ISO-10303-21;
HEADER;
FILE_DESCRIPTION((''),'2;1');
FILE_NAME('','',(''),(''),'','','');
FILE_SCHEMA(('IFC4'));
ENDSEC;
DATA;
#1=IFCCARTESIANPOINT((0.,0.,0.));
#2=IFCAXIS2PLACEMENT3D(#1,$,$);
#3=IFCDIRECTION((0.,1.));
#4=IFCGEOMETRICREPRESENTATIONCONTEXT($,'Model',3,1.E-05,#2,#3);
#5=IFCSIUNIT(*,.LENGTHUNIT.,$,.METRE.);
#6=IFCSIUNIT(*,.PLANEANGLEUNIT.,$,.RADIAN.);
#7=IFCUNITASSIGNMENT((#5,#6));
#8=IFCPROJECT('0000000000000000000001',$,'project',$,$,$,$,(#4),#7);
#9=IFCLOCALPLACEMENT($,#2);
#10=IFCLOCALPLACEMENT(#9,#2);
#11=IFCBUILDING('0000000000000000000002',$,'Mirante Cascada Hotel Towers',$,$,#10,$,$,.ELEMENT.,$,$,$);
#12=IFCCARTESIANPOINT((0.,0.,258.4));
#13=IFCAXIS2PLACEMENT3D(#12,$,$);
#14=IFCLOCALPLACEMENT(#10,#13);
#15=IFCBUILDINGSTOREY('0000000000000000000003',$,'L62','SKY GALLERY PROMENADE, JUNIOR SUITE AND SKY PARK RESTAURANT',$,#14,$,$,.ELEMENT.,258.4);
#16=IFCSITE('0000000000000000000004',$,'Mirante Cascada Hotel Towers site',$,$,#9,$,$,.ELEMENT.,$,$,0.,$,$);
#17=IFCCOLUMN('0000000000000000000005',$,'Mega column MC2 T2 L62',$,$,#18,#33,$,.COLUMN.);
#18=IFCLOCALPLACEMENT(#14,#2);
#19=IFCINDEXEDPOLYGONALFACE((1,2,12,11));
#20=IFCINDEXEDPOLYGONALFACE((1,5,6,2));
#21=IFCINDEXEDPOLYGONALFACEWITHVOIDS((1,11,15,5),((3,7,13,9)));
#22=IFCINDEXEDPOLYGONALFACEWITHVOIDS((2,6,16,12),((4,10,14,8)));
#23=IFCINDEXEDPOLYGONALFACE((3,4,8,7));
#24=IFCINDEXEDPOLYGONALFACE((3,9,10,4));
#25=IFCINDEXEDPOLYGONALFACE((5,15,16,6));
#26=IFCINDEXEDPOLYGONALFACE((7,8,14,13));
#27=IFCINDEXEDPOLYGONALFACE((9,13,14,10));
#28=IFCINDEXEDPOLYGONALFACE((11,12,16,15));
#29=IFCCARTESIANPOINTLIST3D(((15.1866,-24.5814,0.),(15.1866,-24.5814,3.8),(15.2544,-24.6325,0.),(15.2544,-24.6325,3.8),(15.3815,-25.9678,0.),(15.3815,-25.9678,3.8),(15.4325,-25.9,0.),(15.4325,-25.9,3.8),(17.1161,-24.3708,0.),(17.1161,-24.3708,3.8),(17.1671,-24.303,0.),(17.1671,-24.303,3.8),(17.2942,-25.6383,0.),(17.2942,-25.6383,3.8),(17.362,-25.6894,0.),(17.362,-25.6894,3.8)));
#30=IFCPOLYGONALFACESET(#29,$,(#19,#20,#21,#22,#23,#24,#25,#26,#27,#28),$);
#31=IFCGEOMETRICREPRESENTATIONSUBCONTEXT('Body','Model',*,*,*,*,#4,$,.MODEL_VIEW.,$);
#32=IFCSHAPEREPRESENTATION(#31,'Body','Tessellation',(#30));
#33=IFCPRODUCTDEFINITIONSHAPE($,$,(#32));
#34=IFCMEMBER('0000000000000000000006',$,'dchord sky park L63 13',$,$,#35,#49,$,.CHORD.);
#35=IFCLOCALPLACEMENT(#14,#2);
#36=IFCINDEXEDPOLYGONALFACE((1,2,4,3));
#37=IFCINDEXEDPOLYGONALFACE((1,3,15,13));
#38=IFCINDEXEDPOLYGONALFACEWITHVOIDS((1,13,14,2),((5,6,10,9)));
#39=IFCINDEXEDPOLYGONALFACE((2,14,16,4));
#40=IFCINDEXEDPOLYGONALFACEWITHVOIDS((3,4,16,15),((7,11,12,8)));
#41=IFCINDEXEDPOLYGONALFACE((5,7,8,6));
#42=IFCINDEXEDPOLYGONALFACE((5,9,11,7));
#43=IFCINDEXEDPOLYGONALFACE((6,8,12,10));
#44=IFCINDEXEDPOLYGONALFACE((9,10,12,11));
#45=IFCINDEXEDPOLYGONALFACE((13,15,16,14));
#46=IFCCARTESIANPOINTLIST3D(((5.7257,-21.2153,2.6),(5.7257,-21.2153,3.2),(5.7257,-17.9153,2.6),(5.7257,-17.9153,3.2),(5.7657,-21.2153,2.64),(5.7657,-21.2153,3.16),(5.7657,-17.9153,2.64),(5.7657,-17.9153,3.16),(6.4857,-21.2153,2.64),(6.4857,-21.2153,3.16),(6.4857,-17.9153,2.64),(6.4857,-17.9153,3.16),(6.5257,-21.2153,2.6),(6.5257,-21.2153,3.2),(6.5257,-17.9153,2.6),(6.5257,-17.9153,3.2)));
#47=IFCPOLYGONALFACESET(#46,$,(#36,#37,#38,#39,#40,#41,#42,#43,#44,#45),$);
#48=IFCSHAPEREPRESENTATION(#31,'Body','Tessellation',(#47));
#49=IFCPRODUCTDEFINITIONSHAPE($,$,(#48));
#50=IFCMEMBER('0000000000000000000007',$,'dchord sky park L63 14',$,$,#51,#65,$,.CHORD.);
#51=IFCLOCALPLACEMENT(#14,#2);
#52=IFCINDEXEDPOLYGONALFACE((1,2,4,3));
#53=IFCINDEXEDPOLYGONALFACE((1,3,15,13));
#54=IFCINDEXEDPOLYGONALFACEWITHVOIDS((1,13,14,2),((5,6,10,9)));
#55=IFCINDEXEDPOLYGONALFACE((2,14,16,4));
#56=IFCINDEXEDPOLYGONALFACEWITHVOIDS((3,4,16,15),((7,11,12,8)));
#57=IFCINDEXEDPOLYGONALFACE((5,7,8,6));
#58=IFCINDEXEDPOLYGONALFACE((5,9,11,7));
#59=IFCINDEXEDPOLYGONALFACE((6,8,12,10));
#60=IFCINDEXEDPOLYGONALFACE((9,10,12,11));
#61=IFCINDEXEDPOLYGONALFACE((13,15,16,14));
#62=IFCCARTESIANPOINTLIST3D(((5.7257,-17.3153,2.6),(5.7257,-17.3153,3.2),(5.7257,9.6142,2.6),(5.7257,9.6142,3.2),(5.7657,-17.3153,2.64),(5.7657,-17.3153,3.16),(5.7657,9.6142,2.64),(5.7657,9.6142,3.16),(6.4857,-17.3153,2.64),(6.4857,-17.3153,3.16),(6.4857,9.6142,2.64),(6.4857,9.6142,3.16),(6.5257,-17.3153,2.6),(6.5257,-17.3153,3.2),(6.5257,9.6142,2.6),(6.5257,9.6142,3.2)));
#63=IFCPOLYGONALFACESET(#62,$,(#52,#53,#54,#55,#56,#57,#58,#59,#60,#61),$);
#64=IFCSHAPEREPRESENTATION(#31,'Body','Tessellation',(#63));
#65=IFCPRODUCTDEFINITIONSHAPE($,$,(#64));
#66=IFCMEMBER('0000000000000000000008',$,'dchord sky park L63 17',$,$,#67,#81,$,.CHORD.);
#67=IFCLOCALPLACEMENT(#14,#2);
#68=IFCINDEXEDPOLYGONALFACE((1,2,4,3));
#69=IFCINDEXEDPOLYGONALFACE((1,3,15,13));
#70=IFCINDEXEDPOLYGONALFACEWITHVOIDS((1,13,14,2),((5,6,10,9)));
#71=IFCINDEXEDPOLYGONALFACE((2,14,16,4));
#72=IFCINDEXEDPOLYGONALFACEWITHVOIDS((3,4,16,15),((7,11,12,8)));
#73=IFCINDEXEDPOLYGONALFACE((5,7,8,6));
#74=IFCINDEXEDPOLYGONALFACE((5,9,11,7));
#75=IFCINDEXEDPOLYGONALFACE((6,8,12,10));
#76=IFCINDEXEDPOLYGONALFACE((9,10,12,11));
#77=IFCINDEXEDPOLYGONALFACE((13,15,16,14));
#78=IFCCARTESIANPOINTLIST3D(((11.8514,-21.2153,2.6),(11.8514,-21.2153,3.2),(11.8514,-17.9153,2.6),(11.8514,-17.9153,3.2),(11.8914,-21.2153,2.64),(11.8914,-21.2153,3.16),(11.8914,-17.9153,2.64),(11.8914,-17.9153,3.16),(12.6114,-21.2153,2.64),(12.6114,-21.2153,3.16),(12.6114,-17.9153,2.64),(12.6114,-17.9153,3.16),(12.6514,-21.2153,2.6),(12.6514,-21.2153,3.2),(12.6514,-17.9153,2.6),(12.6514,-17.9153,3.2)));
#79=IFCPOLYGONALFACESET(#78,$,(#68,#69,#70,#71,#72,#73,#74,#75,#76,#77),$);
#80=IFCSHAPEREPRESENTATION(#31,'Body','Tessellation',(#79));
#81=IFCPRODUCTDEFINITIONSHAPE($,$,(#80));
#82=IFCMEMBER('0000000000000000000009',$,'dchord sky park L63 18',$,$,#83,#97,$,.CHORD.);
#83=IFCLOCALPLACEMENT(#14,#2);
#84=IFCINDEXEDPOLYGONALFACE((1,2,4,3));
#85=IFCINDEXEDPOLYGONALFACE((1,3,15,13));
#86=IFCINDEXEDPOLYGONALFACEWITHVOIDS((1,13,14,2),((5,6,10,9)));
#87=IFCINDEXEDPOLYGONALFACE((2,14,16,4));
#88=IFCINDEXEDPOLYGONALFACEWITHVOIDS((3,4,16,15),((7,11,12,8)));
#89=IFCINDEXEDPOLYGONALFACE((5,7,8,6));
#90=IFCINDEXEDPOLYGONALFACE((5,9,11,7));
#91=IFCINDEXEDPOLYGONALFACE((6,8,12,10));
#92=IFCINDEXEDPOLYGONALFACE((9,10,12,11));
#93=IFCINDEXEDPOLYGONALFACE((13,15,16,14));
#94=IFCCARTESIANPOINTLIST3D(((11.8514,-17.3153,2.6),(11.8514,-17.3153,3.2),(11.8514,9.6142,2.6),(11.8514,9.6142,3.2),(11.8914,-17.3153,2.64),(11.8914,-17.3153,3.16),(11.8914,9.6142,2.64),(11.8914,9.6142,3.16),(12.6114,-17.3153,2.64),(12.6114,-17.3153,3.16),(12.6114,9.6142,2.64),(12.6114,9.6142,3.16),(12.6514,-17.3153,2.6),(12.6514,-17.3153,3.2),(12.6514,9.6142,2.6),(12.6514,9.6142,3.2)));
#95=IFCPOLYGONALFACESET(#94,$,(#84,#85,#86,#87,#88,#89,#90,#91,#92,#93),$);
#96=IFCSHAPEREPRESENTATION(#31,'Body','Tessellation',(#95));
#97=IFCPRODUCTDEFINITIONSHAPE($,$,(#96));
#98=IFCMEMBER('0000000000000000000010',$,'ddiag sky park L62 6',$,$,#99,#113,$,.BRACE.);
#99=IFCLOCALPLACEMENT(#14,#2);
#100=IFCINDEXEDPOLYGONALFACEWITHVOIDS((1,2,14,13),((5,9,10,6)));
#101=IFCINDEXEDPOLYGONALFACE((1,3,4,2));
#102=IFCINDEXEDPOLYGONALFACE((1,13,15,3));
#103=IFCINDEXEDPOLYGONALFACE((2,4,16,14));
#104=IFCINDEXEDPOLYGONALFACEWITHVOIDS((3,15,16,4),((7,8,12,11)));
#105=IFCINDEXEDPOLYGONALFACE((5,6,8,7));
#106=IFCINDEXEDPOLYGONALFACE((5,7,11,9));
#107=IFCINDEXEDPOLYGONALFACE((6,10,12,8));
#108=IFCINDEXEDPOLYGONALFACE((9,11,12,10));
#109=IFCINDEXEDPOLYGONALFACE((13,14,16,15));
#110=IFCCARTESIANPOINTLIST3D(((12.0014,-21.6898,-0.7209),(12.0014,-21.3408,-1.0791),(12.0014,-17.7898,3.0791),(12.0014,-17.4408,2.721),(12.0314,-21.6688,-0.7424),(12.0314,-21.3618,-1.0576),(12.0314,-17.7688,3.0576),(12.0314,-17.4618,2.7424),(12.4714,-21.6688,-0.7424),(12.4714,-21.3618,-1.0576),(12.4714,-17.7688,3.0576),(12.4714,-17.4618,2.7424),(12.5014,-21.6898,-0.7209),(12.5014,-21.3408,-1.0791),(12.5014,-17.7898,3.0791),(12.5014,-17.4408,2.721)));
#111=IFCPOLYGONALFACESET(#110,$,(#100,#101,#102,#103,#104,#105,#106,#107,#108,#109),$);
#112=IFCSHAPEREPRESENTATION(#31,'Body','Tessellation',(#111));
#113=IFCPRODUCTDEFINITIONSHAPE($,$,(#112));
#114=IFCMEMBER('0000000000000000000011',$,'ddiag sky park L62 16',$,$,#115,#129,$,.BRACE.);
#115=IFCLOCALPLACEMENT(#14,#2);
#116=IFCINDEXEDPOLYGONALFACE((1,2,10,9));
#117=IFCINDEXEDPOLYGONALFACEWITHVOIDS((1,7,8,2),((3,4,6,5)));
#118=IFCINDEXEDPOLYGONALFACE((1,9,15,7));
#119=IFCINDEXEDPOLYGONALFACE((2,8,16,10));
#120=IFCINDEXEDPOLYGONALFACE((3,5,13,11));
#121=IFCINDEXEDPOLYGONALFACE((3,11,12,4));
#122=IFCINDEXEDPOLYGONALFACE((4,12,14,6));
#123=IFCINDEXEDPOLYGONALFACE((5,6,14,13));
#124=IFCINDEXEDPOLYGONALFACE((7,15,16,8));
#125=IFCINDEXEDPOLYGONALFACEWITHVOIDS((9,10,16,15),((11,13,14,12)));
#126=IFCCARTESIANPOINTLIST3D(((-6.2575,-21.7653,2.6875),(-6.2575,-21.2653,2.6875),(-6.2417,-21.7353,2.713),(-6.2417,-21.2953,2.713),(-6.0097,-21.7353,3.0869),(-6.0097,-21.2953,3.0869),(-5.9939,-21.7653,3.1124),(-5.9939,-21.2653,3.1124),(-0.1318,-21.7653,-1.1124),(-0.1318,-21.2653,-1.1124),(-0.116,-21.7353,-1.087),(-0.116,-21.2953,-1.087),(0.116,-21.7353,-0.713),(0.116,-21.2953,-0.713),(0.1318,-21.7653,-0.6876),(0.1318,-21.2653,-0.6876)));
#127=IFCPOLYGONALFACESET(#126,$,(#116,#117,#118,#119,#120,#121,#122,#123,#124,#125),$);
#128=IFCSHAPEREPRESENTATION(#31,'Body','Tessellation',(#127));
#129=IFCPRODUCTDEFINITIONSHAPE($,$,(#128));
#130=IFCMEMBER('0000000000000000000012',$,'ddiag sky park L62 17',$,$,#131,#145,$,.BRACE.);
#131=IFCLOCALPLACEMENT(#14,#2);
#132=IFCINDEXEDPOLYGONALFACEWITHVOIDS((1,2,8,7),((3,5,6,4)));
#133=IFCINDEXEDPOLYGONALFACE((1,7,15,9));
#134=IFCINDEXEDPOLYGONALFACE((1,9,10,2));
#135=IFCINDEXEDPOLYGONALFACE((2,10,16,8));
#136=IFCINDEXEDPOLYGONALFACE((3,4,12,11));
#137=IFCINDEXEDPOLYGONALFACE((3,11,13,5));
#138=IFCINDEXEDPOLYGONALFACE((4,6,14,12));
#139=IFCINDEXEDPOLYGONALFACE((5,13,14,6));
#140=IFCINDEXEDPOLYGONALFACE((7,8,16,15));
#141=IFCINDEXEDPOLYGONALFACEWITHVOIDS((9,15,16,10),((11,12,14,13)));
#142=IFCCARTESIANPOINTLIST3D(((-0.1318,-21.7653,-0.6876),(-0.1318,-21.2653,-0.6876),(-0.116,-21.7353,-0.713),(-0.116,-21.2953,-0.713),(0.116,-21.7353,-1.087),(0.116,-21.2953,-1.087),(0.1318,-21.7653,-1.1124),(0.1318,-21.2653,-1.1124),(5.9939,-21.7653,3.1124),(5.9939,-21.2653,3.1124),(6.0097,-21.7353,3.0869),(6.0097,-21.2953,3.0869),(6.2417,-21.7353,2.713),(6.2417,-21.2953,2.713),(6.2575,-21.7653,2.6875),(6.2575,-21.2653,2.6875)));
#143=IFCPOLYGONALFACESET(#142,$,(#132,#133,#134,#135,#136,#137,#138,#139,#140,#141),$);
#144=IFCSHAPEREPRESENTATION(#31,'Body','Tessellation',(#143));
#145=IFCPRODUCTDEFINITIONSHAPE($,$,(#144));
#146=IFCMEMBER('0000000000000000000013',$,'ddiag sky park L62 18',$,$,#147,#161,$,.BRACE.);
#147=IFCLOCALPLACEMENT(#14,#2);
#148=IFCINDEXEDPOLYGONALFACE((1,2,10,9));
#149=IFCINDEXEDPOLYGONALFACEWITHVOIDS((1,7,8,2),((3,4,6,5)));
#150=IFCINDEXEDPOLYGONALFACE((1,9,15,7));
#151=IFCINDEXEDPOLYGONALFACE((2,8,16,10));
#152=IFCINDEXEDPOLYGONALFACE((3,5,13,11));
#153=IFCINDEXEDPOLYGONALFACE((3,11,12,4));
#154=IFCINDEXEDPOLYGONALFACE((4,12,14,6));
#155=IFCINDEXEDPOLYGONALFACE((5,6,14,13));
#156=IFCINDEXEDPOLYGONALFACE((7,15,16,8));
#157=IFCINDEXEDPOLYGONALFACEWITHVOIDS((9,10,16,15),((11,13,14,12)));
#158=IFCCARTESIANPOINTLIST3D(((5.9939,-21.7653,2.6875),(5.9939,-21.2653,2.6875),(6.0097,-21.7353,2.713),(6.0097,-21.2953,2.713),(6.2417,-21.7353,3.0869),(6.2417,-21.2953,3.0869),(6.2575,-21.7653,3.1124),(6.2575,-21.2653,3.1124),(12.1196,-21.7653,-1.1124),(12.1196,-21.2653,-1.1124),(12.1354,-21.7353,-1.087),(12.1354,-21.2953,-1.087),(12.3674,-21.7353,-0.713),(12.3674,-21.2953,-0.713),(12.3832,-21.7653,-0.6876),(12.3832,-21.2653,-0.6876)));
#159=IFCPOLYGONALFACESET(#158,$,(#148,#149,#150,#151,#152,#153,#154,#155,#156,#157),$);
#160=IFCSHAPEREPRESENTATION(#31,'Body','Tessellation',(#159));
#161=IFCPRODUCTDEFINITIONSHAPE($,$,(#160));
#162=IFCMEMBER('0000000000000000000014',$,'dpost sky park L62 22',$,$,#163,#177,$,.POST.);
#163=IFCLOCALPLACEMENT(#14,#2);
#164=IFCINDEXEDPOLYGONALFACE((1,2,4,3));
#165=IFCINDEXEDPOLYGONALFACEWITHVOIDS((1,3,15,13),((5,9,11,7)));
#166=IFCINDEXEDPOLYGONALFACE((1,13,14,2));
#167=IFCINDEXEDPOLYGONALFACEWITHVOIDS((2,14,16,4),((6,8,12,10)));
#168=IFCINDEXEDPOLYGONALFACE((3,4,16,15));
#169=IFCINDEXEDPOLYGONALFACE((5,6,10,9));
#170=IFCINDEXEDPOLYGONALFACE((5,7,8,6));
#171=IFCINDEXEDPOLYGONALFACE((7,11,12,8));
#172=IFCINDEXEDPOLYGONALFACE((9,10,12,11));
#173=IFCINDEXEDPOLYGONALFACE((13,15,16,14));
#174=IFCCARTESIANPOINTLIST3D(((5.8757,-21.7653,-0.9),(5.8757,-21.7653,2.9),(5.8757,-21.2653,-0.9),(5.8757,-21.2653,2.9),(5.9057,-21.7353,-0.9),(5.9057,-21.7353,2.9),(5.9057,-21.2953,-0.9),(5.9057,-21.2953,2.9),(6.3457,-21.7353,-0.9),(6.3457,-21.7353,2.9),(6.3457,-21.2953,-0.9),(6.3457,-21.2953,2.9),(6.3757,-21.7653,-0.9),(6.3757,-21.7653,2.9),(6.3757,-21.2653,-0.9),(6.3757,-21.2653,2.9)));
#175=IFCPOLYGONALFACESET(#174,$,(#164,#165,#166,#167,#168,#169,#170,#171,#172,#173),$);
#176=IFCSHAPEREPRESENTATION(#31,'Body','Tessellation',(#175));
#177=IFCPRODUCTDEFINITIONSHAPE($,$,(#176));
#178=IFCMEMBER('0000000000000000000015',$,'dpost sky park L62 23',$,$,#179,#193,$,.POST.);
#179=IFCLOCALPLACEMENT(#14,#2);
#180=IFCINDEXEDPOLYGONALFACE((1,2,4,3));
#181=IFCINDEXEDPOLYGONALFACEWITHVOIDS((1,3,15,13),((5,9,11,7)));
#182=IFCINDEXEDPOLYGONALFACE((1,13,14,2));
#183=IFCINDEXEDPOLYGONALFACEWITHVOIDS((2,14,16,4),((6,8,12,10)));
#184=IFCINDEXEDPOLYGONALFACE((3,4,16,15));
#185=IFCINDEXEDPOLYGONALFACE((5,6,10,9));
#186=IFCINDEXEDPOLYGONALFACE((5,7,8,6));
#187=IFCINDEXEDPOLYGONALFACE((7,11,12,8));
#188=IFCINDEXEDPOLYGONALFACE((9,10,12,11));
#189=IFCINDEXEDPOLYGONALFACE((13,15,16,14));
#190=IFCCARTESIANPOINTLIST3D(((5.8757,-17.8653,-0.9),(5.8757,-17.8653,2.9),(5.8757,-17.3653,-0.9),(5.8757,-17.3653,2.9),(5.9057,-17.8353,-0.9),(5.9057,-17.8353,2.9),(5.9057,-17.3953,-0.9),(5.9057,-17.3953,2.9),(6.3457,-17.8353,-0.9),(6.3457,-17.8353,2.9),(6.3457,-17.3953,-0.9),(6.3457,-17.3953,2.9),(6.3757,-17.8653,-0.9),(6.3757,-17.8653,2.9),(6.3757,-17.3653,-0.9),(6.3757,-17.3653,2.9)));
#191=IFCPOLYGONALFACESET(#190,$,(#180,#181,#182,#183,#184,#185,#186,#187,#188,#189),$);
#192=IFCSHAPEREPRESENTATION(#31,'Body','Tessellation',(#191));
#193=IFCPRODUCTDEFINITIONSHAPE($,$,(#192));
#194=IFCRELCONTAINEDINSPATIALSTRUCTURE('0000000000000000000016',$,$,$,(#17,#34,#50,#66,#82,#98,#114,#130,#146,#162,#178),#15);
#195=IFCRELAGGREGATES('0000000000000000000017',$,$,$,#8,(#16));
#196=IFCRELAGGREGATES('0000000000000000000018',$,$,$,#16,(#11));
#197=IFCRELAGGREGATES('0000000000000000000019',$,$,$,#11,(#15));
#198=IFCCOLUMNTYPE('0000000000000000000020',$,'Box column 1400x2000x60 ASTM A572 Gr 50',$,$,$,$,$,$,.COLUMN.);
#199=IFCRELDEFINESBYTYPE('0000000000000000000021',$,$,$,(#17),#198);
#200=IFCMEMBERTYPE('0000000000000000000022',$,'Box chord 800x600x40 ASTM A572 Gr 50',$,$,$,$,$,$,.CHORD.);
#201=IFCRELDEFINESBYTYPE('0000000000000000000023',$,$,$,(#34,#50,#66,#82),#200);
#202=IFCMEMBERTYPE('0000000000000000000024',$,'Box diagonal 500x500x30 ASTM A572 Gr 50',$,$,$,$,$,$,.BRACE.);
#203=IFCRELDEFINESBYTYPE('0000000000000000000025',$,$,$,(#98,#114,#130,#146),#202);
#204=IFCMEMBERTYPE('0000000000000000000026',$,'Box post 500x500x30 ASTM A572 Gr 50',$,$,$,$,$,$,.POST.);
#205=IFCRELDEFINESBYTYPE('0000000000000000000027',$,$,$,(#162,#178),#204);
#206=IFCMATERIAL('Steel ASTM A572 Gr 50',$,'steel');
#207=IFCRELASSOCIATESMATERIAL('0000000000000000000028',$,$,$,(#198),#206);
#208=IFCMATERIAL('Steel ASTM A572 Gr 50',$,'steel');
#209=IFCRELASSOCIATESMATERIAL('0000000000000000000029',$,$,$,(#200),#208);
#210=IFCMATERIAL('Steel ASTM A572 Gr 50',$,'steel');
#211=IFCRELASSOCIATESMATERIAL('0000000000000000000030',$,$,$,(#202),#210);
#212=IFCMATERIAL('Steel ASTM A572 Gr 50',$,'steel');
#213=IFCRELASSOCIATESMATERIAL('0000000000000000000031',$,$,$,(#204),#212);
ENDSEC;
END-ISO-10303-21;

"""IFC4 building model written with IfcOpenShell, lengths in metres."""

from ifc_helpers import new_model, si_unit, direction, frame, origin, origin_2d, place, context, subcontext, project, spatial, hollow_rectangle, extrude, material, material_profile, profile_set, type_object, element, save


model = new_model("IFC4")

# Units and contexts
model_context = context("Model", 3, precision=1e-05, world=origin(), true_north=direction((0.0, 1.0)))
body_context = subcontext(model_context, "Body", "Model", "MODEL_VIEW")
ifc_project = project(units=[si_unit("LENGTHUNIT", "METRE"), si_unit("PLANEANGLEUNIT", "RADIAN")], contexts=[model_context])

# Site, building, storey
site_placement = place(None, origin())
site = spatial("IfcSite", under=ifc_project, at=site_placement, Name="Mirante Cascada Hotel Towers site", CompositionType="ELEMENT", RefElevation=0.0)
building_placement = place(site_placement, origin())
building = spatial("IfcBuilding", under=site, at=building_placement, Name="Mirante Cascada Hotel Towers", CompositionType="ELEMENT")
storey_placement = place(building_placement, frame((0.0, 0.0, 258.4)))
storey = spatial("IfcBuildingStorey", under=building, at=storey_placement, Name="L62", Description="SKY GALLERY PROMENADE, JUNIOR SUITE AND SKY PARK RESTAURANT", CompositionType="ELEMENT", Elevation=258.4)

# Column
ifc_material_1 = material(Name="Steel ASTM A572 Gr 50", Category="steel")
ifc_material_profile_1 = material_profile(ifc_material_1, hollow_rectangle(XDim=2.0, YDim=1.4, WallThickness=0.06, at=origin_2d()), Name="Box column 1400x2000x60 ASTM A572 Gr 50")
ifc_profile_set_1 = profile_set([ifc_material_profile_1], Name="Steel ASTM A572 Gr 50")
column_type = type_object("IfcColumnType", Name="Box column 1400x2000x60 ASTM A572 Gr 50", PredefinedType="COLUMN", material=ifc_profile_set_1)
column_placement = place(storey_placement, frame((16.2743, -25.1354, 0.0), z_axis=(0.0, 0.0, 1.0), x_axis=(0.990268, 0.139173, 0.0)))
element("IfcColumn", 1, at=column_placement, inside=storey, type_object=column_type, Name="Mega column MC2 T2 L62", PredefinedType="COLUMN", context=body_context, shape_type="SweptSolid", body=[
    extrude(hollow_rectangle(XDim=2.0, YDim=1.4, WallThickness=0.06, at=origin_2d()), origin(), (0.0, 0.0, 1.0), 3.8),
])

# Members
ifc_material_2 = material(Name="Steel ASTM A572 Gr 50", Category="steel")
ifc_material_profile_2 = material_profile(ifc_material_2, hollow_rectangle(XDim=0.6, YDim=0.8, WallThickness=0.04, at=origin_2d()), Name="Box chord 800x600x40 ASTM A572 Gr 50")
ifc_profile_set_2 = profile_set([ifc_material_profile_2], Name="Steel ASTM A572 Gr 50")
member_type_1 = type_object("IfcMemberType", Name="Box chord 800x600x40 ASTM A572 Gr 50", PredefinedType="CHORD", material=ifc_profile_set_2)
member_1_placement = place(storey_placement, frame((6.1257, -21.2153, 2.9), z_axis=(0.0, 1.0, 0.0), x_axis=(0.0, 0.0, 1.0)))
element("IfcMember", 2, at=member_1_placement, inside=storey, type_object=member_type_1, Name="dchord sky park L63 13", PredefinedType="CHORD", context=body_context, shape_type="SweptSolid", body=[
    extrude(hollow_rectangle(XDim=0.6, YDim=0.8, WallThickness=0.04, at=origin_2d()), origin(), (0.0, 0.0, 1.0), 3.3),
])
member_2_placement = place(storey_placement, frame((6.1257, -17.3153, 2.9), z_axis=(0.0, 1.0, 0.0), x_axis=(0.0, 0.0, 1.0)))
element("IfcMember", 3, at=member_2_placement, inside=storey, type_object=member_type_1, Name="dchord sky park L63 14", PredefinedType="CHORD", context=body_context, shape_type="SweptSolid", body=[
    extrude(hollow_rectangle(XDim=0.6, YDim=0.8, WallThickness=0.04, at=origin_2d()), origin(), (0.0, 0.0, 1.0), 26.9295),
])
member_3_placement = place(storey_placement, frame((12.2514, -21.2153, 2.9), z_axis=(0.0, 1.0, 0.0), x_axis=(0.0, 0.0, 1.0)))
element("IfcMember", 4, at=member_3_placement, inside=storey, type_object=member_type_1, Name="dchord sky park L63 17", PredefinedType="CHORD", context=body_context, shape_type="SweptSolid", body=[
    extrude(hollow_rectangle(XDim=0.6, YDim=0.8, WallThickness=0.04, at=origin_2d()), origin(), (0.0, 0.0, 1.0), 3.3),
])
member_4_placement = place(storey_placement, frame((12.2514, -17.3153, 2.9), z_axis=(0.0, 1.0, 0.0), x_axis=(0.0, 0.0, 1.0)))
element("IfcMember", 5, at=member_4_placement, inside=storey, type_object=member_type_1, Name="dchord sky park L63 18", PredefinedType="CHORD", context=body_context, shape_type="SweptSolid", body=[
    extrude(hollow_rectangle(XDim=0.6, YDim=0.8, WallThickness=0.04, at=origin_2d()), origin(), (0.0, 0.0, 1.0), 26.9295),
])
ifc_material_3 = material(Name="Steel ASTM A572 Gr 50", Category="steel")
ifc_material_profile_3 = material_profile(ifc_material_3, hollow_rectangle(XDim=0.5, YDim=0.5, WallThickness=0.03, at=origin_2d()), Name="Box diagonal 500x500x30 ASTM A572 Gr 50")
ifc_profile_set_3 = profile_set([ifc_material_profile_3], Name="Steel ASTM A572 Gr 50")
member_type_2 = type_object("IfcMemberType", Name="Box diagonal 500x500x30 ASTM A572 Gr 50", PredefinedType="BRACE", material=ifc_profile_set_3)
member_5_placement = place(storey_placement, frame((12.2514, -21.5153, -0.9), z_axis=(0.0, 0.71623, 0.697865), x_axis=(-1.0, 0.0, 0.0)))
element("IfcMember", 6, at=member_5_placement, inside=storey, type_object=member_type_2, Name="ddiag sky park L62 6", PredefinedType="BRACE", context=body_context, shape_type="SweptSolid", body=[
    extrude(hollow_rectangle(XDim=0.5, YDim=0.5, WallThickness=0.03, at=origin_2d()), origin(), (0.0, 0.0, 1.0), 5.4452),
])
for number, where, z_axis, x_axis, name in (
    (7, (0.0, -21.5153, -0.9), (-0.849774, 0.0, 0.527147), (0.0, -1.0, 0.0), "ddiag sky park L62 16"),
    (8, (0.0, -21.5153, -0.9), (0.849774, 0.0, 0.527147), (0.0, 1.0, 0.0), "ddiag sky park L62 17"),
    (9, (12.2514, -21.5153, -0.9), (-0.849774, 0.0, 0.527147), (0.0, -1.0, 0.0), "ddiag sky park L62 18"),
):
    element("IfcMember", number, at=place(storey_placement, frame(where, z_axis=z_axis, x_axis=x_axis)), inside=storey, type_object=member_type_2, Name=name, PredefinedType="BRACE", context=body_context, shape_type="SweptSolid", body=[
        extrude(hollow_rectangle(XDim=0.5, YDim=0.5, WallThickness=0.03, at=origin_2d()), origin(), (0.0, 0.0, 1.0), 7.2086),
    ])
ifc_material_4 = material(Name="Steel ASTM A572 Gr 50", Category="steel")
ifc_material_profile_4 = material_profile(ifc_material_4, hollow_rectangle(XDim=0.5, YDim=0.5, WallThickness=0.03, at=origin_2d()), Name="Box post 500x500x30 ASTM A572 Gr 50")
ifc_profile_set_4 = profile_set([ifc_material_profile_4], Name="Steel ASTM A572 Gr 50")
member_type_3 = type_object("IfcMemberType", Name="Box post 500x500x30 ASTM A572 Gr 50", PredefinedType="POST", material=ifc_profile_set_4)
for number, where, z_axis, x_axis, name in (
    (10, (6.1257, -21.5153, -0.9), (0.0, 0.0, 1.0), (1.0, 0.0, 0.0), "dpost sky park L62 22"),
    (11, (6.1257, -17.6153, -0.9), (0.0, 0.0, 1.0), (1.0, 0.0, 0.0), "dpost sky park L62 23"),
):
    element("IfcMember", number, at=place(storey_placement, frame(where, z_axis=z_axis, x_axis=x_axis)), inside=storey, type_object=member_type_3, Name=name, PredefinedType="POST", context=body_context, shape_type="SweptSolid", body=[
        extrude(hollow_rectangle(XDim=0.5, YDim=0.5, WallThickness=0.03, at=origin_2d()), origin(), (0.0, 0.0, 1.0), 3.8),
    ])

save(model, "model.ifc")
